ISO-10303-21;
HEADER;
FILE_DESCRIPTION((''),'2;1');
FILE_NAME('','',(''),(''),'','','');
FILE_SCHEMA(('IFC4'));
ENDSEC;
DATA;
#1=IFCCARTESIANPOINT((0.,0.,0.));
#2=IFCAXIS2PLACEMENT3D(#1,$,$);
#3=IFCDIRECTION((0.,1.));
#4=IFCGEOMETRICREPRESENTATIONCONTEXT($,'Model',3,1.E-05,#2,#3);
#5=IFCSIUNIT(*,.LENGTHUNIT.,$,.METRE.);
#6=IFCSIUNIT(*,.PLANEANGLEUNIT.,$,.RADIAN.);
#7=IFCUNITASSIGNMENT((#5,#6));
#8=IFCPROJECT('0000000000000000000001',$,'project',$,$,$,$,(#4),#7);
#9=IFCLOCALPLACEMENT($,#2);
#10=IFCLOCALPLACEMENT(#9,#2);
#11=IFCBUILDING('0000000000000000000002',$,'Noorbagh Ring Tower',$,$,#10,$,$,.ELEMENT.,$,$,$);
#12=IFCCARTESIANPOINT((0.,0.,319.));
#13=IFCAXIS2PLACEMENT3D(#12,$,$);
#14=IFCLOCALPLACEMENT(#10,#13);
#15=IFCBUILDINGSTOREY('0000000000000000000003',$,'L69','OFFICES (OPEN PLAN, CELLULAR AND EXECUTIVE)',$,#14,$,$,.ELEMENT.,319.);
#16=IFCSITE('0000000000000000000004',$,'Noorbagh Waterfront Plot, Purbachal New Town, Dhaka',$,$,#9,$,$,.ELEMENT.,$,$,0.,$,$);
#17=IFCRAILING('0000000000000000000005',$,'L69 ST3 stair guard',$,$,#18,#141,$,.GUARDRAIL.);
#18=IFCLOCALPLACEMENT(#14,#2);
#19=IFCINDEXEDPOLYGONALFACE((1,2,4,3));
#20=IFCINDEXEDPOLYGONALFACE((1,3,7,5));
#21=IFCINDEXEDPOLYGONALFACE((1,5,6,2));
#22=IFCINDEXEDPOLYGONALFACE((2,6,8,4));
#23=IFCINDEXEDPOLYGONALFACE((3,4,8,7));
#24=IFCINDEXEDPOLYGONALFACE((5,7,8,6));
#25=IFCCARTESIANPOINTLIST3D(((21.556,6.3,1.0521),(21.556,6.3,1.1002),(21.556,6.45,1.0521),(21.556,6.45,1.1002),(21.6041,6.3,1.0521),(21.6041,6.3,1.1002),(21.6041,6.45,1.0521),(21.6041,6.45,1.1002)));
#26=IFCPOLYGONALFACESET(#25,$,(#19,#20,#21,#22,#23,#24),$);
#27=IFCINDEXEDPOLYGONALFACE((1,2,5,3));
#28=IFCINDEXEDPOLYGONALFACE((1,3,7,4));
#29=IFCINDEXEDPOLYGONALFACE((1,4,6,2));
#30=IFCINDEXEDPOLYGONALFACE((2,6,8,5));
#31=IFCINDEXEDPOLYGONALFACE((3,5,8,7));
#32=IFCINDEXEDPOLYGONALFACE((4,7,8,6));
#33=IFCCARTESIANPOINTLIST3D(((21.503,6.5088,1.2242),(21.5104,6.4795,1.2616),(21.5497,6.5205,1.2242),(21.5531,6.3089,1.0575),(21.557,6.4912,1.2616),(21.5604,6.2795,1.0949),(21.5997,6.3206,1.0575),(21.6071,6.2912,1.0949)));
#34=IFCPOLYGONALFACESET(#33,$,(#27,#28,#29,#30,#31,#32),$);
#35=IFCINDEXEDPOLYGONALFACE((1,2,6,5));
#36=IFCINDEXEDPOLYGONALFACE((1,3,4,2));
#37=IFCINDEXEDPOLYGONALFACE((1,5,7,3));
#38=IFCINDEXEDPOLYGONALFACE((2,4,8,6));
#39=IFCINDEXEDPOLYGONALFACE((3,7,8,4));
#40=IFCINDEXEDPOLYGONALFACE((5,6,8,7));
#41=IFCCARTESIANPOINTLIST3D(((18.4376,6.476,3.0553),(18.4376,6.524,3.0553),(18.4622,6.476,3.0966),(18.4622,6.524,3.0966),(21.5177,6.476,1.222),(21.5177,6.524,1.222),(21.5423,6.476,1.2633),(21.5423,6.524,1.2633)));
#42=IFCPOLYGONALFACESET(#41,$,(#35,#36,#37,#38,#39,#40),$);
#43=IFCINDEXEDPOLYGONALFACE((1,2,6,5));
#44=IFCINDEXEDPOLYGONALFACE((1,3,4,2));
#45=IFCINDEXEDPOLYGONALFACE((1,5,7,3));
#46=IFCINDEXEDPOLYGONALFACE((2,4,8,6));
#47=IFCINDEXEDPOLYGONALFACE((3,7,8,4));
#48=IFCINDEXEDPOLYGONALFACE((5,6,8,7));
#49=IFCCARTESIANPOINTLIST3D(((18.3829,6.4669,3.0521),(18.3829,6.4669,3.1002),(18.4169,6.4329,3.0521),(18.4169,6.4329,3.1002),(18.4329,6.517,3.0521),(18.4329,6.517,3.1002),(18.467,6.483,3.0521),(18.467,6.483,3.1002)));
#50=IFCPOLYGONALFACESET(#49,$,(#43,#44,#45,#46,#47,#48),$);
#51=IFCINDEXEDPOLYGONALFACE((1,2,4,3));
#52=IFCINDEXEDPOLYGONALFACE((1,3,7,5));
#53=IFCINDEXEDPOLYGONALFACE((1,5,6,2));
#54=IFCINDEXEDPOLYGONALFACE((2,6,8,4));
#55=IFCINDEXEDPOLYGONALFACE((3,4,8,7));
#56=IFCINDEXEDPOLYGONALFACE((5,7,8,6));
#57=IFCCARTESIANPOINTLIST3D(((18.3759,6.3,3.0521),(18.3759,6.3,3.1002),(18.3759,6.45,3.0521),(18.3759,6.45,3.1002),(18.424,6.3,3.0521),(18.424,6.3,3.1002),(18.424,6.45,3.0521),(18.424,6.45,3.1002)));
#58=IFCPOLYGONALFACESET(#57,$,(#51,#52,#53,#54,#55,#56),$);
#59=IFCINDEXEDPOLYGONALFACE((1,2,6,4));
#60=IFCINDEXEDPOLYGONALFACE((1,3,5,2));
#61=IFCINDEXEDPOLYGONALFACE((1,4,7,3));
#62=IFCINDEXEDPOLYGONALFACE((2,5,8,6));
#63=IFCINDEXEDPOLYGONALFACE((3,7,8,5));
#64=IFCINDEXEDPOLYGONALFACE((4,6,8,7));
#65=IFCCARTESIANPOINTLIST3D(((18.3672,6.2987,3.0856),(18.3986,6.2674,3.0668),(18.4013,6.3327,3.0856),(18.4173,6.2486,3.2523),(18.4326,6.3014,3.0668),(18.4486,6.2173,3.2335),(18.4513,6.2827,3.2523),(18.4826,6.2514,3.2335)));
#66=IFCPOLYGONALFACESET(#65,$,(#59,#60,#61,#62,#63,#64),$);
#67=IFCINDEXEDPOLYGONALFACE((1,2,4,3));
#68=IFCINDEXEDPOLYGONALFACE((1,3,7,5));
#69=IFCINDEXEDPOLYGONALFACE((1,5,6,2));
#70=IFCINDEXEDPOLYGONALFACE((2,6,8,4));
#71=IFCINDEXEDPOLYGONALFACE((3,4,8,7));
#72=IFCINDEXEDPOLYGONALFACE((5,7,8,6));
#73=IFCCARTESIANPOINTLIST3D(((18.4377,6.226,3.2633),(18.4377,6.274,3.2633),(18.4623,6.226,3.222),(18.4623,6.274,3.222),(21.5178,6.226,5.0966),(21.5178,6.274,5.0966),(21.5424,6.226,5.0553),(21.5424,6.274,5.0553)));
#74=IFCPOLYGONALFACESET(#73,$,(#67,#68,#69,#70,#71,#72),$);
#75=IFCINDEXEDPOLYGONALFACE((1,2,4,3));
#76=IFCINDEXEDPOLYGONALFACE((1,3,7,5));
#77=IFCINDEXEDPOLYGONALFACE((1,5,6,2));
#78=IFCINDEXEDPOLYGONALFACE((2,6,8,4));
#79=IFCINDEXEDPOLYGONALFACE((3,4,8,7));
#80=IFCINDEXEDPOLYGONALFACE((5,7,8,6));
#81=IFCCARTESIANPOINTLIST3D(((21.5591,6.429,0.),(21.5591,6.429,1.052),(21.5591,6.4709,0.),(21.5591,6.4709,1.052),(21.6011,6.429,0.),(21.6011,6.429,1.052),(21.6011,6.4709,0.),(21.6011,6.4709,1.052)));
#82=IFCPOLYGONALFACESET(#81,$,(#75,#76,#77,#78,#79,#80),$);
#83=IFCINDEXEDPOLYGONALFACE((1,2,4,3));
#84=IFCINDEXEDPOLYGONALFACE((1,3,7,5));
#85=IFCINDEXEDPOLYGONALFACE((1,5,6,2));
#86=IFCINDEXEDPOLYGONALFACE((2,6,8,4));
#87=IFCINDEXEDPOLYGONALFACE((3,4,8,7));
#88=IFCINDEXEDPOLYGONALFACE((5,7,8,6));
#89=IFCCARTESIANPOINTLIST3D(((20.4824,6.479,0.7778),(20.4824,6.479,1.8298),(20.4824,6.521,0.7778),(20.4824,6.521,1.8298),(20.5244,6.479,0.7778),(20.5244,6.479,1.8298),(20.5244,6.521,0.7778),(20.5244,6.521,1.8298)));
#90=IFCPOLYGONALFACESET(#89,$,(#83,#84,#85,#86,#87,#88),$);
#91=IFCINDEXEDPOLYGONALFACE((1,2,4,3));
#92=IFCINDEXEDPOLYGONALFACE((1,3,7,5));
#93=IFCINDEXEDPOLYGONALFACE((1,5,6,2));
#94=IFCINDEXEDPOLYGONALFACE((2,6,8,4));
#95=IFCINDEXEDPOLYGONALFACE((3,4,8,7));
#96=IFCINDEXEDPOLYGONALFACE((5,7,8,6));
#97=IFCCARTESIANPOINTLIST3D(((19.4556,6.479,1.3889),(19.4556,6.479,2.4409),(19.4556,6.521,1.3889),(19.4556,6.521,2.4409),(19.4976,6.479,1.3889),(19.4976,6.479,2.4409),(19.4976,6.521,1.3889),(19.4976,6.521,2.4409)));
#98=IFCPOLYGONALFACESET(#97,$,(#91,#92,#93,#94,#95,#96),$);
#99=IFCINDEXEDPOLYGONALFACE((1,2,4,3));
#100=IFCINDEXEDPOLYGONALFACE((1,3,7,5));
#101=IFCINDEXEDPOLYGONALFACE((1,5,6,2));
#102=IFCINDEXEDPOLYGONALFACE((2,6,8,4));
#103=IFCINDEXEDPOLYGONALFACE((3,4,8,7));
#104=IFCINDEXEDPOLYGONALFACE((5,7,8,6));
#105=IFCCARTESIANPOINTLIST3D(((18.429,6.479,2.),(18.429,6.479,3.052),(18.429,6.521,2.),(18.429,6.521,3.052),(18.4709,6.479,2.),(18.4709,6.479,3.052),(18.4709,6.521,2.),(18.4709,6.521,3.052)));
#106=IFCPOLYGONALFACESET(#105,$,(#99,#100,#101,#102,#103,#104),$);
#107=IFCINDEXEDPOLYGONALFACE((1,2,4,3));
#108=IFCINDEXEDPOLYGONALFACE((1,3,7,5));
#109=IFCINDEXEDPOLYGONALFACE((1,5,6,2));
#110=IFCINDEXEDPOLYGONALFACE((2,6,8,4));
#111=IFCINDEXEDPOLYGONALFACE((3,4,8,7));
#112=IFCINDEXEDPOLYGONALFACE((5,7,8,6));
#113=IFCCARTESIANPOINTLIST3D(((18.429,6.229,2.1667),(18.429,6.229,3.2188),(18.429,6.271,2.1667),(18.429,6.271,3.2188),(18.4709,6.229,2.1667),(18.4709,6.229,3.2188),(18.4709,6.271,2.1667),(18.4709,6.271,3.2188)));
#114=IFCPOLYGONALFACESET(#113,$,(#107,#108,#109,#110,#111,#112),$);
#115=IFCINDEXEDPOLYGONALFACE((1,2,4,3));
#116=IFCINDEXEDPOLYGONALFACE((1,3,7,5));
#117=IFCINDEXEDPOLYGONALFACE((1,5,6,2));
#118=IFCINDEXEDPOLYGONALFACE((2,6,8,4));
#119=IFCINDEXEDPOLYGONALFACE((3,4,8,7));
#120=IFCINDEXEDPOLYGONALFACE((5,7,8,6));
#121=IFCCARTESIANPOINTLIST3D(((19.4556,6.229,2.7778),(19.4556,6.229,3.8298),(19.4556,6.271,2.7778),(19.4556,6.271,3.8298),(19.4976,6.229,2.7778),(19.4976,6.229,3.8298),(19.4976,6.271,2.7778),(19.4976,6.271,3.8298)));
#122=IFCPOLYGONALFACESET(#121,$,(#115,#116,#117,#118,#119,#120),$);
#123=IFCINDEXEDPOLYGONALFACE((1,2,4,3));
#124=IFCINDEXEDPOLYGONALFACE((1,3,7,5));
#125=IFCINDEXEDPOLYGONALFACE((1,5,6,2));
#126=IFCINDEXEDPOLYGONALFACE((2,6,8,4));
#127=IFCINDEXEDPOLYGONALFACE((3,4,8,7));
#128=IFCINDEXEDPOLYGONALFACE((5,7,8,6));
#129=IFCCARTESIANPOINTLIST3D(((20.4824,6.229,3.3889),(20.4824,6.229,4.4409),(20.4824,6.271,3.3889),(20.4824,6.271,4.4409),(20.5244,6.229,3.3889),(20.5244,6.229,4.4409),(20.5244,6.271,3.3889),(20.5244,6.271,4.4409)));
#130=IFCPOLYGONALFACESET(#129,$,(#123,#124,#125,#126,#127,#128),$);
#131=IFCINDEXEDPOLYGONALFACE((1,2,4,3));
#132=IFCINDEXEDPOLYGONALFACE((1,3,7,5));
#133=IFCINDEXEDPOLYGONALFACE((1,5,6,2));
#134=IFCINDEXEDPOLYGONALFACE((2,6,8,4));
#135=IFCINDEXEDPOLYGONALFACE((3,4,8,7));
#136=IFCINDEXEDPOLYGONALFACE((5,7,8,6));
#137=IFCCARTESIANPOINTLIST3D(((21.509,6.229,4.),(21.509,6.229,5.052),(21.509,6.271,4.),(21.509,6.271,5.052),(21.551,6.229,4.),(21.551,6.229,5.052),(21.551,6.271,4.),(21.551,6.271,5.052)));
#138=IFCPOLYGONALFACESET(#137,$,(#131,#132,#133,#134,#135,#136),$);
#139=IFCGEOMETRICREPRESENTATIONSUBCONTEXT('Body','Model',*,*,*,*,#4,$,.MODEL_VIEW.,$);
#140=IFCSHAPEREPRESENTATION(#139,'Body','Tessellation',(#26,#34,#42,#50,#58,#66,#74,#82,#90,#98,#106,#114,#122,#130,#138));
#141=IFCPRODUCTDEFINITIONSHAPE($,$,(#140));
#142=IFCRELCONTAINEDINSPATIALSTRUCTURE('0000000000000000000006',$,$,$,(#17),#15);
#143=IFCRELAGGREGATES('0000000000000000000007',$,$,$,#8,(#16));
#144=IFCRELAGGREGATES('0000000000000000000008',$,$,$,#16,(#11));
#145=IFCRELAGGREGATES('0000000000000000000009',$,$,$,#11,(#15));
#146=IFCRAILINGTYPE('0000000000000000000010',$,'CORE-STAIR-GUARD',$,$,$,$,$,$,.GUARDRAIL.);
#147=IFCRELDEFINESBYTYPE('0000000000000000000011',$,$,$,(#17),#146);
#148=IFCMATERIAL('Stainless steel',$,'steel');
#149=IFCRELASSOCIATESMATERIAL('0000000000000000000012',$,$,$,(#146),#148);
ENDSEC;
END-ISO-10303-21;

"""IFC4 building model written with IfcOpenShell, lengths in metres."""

from ifc_helpers import new_model, si_unit, direction, frame, origin, origin_2d, place, context, subcontext, project, spatial, rectangle, extrude, material, type_object, element, save


model = new_model("IFC4")

# Units and contexts
model_context = context("Model", 3, precision=1e-05, world=origin(), true_north=direction((0.0, 1.0)))
body_context = subcontext(model_context, "Body", "Model", "MODEL_VIEW")
ifc_project = project(units=[si_unit("LENGTHUNIT", "METRE"), si_unit("PLANEANGLEUNIT", "RADIAN")], contexts=[model_context])

# Site, building, storey
site_placement = place(None, origin())
site = spatial("IfcSite", under=ifc_project, at=site_placement, Name="Noorbagh Waterfront Plot, Purbachal New Town, Dhaka", CompositionType="ELEMENT", RefElevation=0.0)
building_placement = place(site_placement, origin())
building = spatial("IfcBuilding", under=site, at=building_placement, Name="Noorbagh Ring Tower", CompositionType="ELEMENT")
storey_placement = place(building_placement, frame((0.0, 0.0, 319.0)))
storey = spatial("IfcBuildingStorey", under=building, at=storey_placement, Name="L69", Description="OFFICES (OPEN PLAN, CELLULAR AND EXECUTIVE)", CompositionType="ELEMENT", Elevation=319.0)

# Railing
ifc_material_1 = material(Name="Stainless steel", Category="steel")
railing_type_1 = type_object("IfcRailingType", Name="CORE-STAIR-GUARD", PredefinedType="GUARDRAIL", material=ifc_material_1)
railing_1_placement = place(storey_placement, frame((21.5801, 6.45, 0.0)))
element("IfcRailing", 1, at=railing_1_placement, inside=storey, type_object=railing_type_1, Name="L69 ST3 stair guard", PredefinedType="GUARDRAIL", context=body_context, shape_type="SweptSolid", body=[
    extrude(rectangle(XDim=0.0481, YDim=0.0481, at=origin_2d()), frame((0.0, 0.0, 1.0762), z_axis=(0.0, -1.0, 0.0), x_axis=(1.0, 0.0, 0.0)), (0.0, 0.0, 1.0), 0.1499),
    extrude(rectangle(XDim=0.0481, YDim=0.0481, at=origin_2d()), frame((0.0, -0.1499, 1.0762), z_axis=(-0.188776, 0.754182, 0.628946), x_axis=(-0.970073, -0.242814, 0.0)), (0.0, 0.0, 1.0), 0.2651),
    extrude(rectangle(XDim=0.0481, YDim=0.0481, at=origin_2d()), frame((-0.05, 0.05, 1.2427), z_axis=(-0.859309, 0.0, 0.511458), x_axis=(0.0, -1.0, 0.0)), (0.0, 0.0, 1.0), 3.5845),
    extrude(rectangle(XDim=0.0481, YDim=0.0481, at=origin_2d()), frame((-3.1301, 0.05, 3.0762), z_axis=(-0.707107, -0.707107, 0.0), x_axis=(0.707107, -0.707107, 0.0)), (0.0, 0.0, 1.0), 0.0708),
    extrude(rectangle(XDim=0.0481, YDim=0.0481, at=origin_2d()), frame((-3.1802, 0.0, 3.0762), z_axis=(0.0, -1.0, 0.0), x_axis=(1.0, 0.0, 0.0)), (0.0, 0.0, 1.0), 0.1499),
    extrude(rectangle(XDim=0.0481, YDim=0.0481, at=origin_2d()), frame((-3.1802, -0.1499, 3.0762), z_axis=(0.276287, -0.276287, 0.920506), x_axis=(0.707107, 0.707107, 0.0)), (0.0, 0.0, 1.0), 0.1812),
    extrude(rectangle(XDim=0.0481, YDim=0.0481, at=origin_2d()), frame((-3.1301, -0.2, 3.2427), z_axis=(0.859309, 0.0, 0.511458), x_axis=(0.0, 1.0, 0.0)), (0.0, 0.0, 1.0), 3.5845),
    extrude(rectangle(XDim=0.042, YDim=0.042, at=origin_2d()), origin(), (0.0, 0.0, 1.0), 1.052),
    extrude(rectangle(XDim=0.042, YDim=0.042, at=origin_2d()), frame((-1.0767, 0.05, 0.7778)), (0.0, 0.0, 1.0), 1.052),
    extrude(rectangle(XDim=0.042, YDim=0.042, at=origin_2d()), frame((-2.1035, 0.05, 1.3889)), (0.0, 0.0, 1.0), 1.052),
    extrude(rectangle(XDim=0.042, YDim=0.042, at=origin_2d()), frame((-3.1301, 0.05, 2.0)), (0.0, 0.0, 1.0), 1.052),
    extrude(rectangle(XDim=0.042, YDim=0.042, at=origin_2d()), frame((-3.1301, -0.2, 2.1667)), (0.0, 0.0, 1.0), 1.052),
    extrude(rectangle(XDim=0.042, YDim=0.042, at=origin_2d()), frame((-2.1035, -0.2, 2.7778)), (0.0, 0.0, 1.0), 1.052),
    extrude(rectangle(XDim=0.042, YDim=0.042, at=origin_2d()), frame((-1.0767, -0.2, 3.3889)), (0.0, 0.0, 1.0), 1.052),
    extrude(rectangle(XDim=0.042, YDim=0.042, at=origin_2d()), frame((-0.05, -0.2, 4.0)), (0.0, 0.0, 1.0), 1.052),
])

save(model, "model.ifc")
